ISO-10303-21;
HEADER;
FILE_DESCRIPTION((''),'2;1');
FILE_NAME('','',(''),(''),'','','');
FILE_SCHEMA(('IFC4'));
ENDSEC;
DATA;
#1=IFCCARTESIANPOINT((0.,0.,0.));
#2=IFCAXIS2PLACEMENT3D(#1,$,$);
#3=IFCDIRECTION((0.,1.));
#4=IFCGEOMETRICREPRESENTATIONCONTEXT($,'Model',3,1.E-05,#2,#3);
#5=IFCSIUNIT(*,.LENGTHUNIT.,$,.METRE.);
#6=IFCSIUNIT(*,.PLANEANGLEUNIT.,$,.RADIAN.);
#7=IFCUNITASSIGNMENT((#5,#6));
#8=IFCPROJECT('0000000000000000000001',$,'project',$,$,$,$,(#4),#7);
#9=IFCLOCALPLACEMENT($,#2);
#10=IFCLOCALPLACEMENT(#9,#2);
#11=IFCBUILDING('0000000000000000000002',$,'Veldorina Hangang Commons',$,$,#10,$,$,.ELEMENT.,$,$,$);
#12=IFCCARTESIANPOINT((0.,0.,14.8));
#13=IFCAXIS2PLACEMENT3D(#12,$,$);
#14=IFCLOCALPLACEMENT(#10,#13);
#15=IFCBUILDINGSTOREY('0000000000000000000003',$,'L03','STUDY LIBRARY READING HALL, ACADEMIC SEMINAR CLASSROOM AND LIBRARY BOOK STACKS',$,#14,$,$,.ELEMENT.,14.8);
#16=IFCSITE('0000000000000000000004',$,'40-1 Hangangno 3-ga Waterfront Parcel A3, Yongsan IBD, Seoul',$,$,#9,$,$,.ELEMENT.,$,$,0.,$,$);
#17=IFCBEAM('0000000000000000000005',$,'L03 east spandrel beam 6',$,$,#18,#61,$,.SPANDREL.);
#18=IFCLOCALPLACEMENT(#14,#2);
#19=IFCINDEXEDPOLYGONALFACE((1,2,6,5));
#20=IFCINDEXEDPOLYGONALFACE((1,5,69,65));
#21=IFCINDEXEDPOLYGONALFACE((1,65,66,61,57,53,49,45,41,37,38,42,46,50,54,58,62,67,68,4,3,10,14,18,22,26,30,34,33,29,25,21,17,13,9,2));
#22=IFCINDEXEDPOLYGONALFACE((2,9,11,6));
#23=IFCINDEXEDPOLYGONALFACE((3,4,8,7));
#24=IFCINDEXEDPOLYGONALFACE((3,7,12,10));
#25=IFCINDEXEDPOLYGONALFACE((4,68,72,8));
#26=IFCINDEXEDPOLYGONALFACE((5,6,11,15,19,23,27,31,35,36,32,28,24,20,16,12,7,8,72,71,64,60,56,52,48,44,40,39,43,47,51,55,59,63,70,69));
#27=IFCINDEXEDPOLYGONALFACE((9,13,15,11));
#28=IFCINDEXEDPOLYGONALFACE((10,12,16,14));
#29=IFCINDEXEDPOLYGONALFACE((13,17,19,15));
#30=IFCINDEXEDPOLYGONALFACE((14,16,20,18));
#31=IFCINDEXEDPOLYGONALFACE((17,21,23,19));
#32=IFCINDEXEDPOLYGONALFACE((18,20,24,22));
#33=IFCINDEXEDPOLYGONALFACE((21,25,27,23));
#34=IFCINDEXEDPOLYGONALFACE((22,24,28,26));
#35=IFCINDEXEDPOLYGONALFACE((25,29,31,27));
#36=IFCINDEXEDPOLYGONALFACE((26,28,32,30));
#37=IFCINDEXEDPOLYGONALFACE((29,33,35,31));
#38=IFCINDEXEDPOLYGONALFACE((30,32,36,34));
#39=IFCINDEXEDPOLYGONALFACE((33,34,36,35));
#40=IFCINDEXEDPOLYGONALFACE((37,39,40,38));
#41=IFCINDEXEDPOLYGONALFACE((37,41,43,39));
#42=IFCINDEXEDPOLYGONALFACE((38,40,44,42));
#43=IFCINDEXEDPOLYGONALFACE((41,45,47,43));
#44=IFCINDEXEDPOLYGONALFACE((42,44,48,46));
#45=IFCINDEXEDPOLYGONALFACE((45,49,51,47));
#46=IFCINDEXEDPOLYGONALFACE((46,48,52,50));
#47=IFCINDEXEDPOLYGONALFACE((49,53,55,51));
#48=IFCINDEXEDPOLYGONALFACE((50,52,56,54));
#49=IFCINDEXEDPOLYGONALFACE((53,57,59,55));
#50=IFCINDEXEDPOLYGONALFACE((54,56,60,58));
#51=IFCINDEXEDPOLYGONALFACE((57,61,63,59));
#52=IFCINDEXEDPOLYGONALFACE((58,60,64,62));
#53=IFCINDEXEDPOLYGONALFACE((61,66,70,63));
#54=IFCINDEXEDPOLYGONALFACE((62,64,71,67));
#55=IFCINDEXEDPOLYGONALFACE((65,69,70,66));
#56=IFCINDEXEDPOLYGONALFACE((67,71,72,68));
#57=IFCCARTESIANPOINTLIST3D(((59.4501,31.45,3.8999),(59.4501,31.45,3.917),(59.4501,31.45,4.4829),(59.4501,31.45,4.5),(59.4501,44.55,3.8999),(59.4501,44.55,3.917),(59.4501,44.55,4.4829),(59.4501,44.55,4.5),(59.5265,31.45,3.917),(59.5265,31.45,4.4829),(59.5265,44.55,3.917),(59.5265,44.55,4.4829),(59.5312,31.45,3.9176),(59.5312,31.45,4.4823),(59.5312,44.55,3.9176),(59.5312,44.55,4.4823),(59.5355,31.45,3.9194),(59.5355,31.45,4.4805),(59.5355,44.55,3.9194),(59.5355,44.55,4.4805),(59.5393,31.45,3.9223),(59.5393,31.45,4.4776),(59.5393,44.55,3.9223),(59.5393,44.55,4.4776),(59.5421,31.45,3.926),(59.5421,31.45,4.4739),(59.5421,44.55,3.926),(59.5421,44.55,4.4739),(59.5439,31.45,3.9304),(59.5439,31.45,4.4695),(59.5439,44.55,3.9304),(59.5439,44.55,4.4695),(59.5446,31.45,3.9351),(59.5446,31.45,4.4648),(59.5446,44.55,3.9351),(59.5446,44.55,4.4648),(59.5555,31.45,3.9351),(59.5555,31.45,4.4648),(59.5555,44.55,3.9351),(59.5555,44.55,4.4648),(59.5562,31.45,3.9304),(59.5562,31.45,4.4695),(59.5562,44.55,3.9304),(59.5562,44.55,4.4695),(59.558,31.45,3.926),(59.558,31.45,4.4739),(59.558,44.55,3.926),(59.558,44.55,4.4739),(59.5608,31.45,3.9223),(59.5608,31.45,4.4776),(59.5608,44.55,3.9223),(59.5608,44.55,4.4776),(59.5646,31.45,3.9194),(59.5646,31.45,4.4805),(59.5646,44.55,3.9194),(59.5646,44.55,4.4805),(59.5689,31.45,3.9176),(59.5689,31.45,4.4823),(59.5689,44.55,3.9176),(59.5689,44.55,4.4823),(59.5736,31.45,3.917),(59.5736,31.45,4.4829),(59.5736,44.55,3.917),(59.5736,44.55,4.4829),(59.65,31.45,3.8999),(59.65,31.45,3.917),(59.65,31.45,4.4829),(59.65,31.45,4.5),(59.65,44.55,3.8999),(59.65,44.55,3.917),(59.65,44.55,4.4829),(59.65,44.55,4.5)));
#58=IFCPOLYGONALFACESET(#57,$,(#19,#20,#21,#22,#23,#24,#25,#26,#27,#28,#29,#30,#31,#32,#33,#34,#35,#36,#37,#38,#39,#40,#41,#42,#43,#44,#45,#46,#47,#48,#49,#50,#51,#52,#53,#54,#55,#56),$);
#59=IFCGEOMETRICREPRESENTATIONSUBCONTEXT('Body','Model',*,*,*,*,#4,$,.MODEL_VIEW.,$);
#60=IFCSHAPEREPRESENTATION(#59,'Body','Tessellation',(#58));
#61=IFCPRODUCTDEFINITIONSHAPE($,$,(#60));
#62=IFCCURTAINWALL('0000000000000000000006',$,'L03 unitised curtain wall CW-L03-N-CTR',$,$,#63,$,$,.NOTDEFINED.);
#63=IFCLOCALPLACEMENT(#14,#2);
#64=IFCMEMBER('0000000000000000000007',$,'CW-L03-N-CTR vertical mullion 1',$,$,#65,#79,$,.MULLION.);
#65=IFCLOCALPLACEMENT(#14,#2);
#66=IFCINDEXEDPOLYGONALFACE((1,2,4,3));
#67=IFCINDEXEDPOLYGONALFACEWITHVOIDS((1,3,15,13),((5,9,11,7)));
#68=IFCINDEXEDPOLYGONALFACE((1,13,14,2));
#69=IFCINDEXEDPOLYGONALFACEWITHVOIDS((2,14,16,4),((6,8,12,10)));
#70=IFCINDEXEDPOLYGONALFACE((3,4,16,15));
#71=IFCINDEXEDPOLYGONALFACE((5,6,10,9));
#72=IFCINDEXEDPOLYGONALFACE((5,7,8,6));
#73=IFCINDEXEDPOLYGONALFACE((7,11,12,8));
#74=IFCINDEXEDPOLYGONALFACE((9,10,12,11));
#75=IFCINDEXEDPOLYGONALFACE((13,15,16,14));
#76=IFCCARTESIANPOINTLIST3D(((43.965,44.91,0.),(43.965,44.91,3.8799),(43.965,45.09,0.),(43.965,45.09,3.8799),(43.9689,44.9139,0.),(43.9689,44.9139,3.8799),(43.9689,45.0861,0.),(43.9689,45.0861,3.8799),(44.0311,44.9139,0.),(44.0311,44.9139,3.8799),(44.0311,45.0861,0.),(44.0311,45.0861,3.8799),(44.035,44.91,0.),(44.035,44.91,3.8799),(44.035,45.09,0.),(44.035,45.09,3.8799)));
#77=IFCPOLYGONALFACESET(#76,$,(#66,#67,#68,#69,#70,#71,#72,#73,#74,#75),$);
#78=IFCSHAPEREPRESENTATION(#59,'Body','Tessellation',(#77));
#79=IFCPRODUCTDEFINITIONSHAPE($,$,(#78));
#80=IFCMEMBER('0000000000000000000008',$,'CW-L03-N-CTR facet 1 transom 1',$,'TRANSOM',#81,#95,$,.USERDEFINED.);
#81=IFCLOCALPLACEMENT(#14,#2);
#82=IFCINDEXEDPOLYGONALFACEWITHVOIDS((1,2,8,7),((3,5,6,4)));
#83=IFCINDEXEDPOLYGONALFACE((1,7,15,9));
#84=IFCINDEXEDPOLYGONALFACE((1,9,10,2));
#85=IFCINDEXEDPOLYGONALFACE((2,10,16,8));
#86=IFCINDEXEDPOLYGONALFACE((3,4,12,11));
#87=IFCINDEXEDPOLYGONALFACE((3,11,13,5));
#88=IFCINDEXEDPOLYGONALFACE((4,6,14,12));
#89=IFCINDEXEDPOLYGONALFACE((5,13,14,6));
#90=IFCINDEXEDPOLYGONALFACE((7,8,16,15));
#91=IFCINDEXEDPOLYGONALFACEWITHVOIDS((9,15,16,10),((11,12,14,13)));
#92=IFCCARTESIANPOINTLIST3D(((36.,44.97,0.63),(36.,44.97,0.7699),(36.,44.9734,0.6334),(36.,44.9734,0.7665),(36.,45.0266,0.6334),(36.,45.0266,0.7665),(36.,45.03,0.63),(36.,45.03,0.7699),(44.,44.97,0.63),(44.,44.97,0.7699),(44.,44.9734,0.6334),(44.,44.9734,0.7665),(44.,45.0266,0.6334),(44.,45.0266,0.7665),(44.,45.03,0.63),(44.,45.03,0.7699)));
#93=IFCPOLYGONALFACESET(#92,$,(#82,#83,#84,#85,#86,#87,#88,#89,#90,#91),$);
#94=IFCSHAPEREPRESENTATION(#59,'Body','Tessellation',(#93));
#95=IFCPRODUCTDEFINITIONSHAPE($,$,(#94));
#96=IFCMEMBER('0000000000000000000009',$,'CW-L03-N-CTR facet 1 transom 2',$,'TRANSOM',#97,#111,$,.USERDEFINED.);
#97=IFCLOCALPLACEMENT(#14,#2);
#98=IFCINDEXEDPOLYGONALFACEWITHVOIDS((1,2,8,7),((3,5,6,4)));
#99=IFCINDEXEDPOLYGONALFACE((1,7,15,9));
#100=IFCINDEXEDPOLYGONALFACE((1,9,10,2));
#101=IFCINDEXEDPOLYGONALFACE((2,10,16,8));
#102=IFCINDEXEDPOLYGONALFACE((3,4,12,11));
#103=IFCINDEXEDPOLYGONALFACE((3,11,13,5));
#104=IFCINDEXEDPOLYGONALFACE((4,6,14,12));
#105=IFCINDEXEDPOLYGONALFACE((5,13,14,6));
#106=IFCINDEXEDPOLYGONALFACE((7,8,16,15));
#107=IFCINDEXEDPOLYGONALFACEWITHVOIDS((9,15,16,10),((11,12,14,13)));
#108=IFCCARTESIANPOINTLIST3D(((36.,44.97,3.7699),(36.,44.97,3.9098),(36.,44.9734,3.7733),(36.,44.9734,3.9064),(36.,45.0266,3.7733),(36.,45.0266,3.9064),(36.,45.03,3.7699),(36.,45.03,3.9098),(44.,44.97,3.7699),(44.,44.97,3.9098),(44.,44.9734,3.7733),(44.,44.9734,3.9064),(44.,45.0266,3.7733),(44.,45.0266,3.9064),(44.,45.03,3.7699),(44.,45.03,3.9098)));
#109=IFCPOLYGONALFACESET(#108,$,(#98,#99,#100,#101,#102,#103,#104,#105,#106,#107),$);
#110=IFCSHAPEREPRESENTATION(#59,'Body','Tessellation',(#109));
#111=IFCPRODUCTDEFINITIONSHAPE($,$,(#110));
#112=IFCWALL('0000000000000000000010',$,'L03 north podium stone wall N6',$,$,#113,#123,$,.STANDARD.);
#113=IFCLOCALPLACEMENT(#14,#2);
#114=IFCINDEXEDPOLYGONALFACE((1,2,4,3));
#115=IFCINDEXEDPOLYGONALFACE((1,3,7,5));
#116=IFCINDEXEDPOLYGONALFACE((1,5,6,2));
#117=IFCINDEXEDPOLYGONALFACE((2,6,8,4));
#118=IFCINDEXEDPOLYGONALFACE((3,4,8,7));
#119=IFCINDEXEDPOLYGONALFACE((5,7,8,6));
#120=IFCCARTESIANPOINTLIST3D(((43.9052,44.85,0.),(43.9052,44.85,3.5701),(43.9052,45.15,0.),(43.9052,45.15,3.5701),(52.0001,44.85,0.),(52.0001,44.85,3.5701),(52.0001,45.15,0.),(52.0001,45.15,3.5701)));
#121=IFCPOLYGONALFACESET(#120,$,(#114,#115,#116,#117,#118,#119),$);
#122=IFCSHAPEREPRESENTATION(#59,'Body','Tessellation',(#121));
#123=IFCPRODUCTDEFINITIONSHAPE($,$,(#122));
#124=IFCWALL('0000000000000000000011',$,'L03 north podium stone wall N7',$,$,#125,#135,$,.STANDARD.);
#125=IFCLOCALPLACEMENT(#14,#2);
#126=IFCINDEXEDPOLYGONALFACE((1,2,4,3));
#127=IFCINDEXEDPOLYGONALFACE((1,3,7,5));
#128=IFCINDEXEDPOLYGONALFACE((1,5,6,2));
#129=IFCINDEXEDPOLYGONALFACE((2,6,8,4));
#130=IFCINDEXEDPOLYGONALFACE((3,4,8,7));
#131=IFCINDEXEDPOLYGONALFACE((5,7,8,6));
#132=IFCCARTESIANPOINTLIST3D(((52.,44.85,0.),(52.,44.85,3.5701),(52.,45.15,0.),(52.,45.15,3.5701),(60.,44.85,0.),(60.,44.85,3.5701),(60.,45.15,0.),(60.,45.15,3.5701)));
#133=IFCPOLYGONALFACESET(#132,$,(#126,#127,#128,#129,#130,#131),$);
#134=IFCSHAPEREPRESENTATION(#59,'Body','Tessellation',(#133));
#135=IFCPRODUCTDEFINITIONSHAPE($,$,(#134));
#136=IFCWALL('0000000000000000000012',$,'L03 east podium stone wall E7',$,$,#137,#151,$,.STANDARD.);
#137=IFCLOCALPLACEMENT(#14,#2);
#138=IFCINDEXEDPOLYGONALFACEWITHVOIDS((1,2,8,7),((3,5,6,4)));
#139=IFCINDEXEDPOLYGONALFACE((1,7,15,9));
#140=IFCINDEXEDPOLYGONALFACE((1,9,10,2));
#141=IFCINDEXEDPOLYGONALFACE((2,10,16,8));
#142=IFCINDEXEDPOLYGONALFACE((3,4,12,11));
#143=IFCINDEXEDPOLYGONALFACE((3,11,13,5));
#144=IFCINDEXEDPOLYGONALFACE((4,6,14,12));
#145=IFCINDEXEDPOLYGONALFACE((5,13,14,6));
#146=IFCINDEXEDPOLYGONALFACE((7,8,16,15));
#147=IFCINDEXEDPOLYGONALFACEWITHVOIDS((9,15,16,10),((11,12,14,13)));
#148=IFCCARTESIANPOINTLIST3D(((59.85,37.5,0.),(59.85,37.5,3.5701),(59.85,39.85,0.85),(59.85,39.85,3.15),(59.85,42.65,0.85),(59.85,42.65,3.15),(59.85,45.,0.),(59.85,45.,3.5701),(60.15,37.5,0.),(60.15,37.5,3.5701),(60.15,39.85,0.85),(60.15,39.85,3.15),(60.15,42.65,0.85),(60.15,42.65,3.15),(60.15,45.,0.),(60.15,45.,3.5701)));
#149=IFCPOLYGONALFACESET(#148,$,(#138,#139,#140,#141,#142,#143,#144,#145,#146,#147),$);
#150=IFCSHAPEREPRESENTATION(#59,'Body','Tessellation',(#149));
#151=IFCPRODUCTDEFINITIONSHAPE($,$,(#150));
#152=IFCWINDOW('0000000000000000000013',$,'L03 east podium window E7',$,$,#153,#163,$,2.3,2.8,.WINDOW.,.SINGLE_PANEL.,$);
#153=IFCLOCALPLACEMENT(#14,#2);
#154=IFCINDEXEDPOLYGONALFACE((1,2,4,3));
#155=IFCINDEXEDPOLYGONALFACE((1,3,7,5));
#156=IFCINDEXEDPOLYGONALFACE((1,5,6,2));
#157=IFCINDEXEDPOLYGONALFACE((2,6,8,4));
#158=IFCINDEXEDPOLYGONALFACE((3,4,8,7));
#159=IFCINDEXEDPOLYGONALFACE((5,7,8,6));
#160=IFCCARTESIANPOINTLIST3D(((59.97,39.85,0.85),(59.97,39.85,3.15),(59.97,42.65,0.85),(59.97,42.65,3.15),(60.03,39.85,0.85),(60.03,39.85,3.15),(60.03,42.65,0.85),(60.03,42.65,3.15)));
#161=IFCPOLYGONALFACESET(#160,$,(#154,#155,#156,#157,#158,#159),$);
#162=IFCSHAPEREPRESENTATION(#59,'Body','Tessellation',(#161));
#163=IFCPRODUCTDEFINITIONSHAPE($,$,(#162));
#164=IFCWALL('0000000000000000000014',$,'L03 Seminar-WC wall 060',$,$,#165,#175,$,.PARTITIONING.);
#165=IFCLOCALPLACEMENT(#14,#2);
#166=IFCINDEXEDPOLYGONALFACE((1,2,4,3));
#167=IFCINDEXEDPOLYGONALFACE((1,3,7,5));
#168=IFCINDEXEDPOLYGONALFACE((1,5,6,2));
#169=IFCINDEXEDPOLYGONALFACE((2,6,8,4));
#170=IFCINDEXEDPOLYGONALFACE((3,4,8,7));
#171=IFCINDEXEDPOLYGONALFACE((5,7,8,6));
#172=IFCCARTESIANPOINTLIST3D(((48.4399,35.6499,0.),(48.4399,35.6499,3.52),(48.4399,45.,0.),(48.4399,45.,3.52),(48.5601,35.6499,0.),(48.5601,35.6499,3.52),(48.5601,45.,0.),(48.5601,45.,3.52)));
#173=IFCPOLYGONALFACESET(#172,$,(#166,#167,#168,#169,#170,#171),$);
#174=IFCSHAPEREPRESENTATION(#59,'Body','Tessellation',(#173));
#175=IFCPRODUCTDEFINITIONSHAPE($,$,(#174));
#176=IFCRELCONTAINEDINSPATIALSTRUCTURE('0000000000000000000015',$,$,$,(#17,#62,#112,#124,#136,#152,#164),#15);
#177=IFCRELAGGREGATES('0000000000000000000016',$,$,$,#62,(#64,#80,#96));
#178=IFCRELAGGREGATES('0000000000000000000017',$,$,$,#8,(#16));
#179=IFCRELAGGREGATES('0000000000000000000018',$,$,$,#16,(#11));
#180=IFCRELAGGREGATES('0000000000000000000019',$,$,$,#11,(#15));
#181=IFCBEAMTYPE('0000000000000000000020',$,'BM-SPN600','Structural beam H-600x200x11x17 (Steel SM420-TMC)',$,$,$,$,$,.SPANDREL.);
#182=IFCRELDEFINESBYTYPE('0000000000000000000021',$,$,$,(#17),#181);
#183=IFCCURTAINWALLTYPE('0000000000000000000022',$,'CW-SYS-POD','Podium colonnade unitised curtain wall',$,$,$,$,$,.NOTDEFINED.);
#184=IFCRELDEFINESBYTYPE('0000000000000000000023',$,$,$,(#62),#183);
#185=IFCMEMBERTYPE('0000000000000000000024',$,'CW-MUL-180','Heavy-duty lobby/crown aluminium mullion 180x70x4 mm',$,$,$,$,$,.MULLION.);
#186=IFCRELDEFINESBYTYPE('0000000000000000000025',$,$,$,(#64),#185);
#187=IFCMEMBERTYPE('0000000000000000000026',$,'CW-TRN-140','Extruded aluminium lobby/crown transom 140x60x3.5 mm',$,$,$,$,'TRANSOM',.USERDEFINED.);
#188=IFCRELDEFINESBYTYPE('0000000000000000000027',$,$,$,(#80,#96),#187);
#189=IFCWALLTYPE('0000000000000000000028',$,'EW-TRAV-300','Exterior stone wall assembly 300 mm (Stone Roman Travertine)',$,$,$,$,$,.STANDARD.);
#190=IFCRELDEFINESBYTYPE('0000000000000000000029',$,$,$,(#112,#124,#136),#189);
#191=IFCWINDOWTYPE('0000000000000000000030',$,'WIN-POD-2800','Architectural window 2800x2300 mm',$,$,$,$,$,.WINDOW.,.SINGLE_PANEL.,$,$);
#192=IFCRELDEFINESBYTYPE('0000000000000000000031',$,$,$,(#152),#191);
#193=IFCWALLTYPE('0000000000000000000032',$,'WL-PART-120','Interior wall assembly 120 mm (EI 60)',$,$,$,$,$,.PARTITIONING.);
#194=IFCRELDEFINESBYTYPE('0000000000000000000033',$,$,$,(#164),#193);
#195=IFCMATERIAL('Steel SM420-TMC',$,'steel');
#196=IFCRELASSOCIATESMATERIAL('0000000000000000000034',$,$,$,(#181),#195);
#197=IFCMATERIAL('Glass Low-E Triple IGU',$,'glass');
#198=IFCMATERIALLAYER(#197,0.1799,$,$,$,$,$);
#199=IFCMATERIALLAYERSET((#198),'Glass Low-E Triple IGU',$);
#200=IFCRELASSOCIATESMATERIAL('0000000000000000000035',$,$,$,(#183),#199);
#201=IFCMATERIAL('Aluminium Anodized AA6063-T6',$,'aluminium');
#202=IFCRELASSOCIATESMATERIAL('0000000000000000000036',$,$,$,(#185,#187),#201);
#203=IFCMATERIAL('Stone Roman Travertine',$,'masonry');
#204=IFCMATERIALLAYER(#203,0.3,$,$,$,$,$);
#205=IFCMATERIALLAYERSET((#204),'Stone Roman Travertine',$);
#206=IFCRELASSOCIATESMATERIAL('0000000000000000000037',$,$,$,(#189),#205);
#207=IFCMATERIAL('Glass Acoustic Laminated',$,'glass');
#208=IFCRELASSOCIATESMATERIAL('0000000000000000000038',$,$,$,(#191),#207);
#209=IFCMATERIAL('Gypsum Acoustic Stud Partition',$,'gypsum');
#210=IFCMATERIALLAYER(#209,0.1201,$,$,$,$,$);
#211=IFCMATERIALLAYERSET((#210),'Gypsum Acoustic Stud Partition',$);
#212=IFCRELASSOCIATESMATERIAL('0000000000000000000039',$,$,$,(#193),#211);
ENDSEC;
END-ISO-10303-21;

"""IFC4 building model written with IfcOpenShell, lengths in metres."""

from ifc_helpers import new_model, si_unit, direction, frame, frame_2d, origin, origin_2d, place, context, subcontext, project, spatial, rectangle, hollow_rectangle, i_section, extrude, material, layer, layer_set, material_profile, profile_set, type_object, element, fill, aggregate, save


model = new_model("IFC4")

# Units and contexts
model_context = context("Model", 3, precision=1e-05, world=origin(), true_north=direction((0.0, 1.0)))
body_context = subcontext(model_context, "Body", "Model", "MODEL_VIEW")
ifc_project = project(units=[si_unit("LENGTHUNIT", "METRE"), si_unit("PLANEANGLEUNIT", "RADIAN")], contexts=[model_context])

# Site, building, storey
site_placement = place(None, origin())
site = spatial("IfcSite", under=ifc_project, at=site_placement, Name="40-1 Hangangno 3-ga Waterfront Parcel A3, Yongsan IBD, Seoul", CompositionType="ELEMENT", RefElevation=0.0)
building_placement = place(site_placement, origin())
building = spatial("IfcBuilding", under=site, at=building_placement, Name="Veldorina Hangang Commons", CompositionType="ELEMENT")
storey_placement = place(building_placement, frame((0.0, 0.0, 14.8)))
storey = spatial("IfcBuildingStorey", under=building, at=storey_placement, Name="L03", Description="STUDY LIBRARY READING HALL, ACADEMIC SEMINAR CLASSROOM AND LIBRARY BOOK STACKS", CompositionType="ELEMENT", Elevation=14.8)

# Shared definitions
ifc_material_1 = material(Name="Steel SM420-TMC", Category="steel")

# Beam
ifc_material_profile_1 = material_profile(ifc_material_1, i_section(OverallWidth=0.2, OverallDepth=0.6001, WebThickness=0.011, FlangeThickness=0.0171, FilletRadius=0.0181, at=origin_2d()), Name="H-600x200x11x17")
ifc_profile_set_1 = profile_set([ifc_material_profile_1], Name="Steel SM420-TMC")
beam_type_1 = type_object("IfcBeamType", Name="BM-SPN600", Description="Structural beam H-600x200x11x17 (Steel SM420-TMC)", PredefinedType="SPANDREL", material=ifc_profile_set_1)
beam_1_placement = place(storey_placement, frame((59.55, 31.45, 4.2), z_axis=(0.0, 1.0, 0.0), x_axis=(-1.0, 0.0, 0.0)))
element("IfcBeam", 1, at=beam_1_placement, inside=storey, type_object=beam_type_1, Name="L03 east spandrel beam 6", PredefinedType="SPANDREL", context=body_context, shape_type="SweptSolid", body=[
    extrude(i_section(OverallWidth=0.2, OverallDepth=0.6001, WebThickness=0.011, FlangeThickness=0.0171, FilletRadius=0.0181, at=origin_2d()), origin(), (0.0, 0.0, 1.0), 13.1001),
])

# Curtain wall, members
ifc_material_2 = material(Name="Glass Low-E Triple IGU", Category="glass")
ifc_layer_1 = layer(ifc_material_2, 0.1799)
ifc_layer_set_1 = layer_set([ifc_layer_1], Name="Glass Low-E Triple IGU")
curtain_wall_type = type_object("IfcCurtainWallType", Name="CW-SYS-POD", Description="Podium colonnade unitised curtain wall", PredefinedType="NOTDEFINED", material=ifc_layer_set_1)
curtain_wall_placement = place(storey_placement, origin())
curtain_wall = element("IfcCurtainWall", 2, at=curtain_wall_placement, inside=storey, type_object=curtain_wall_type, Name="L03 unitised curtain wall CW-L03-N-CTR", PredefinedType="NOTDEFINED")
ifc_material_3 = material(Name="Aluminium Anodized AA6063-T6", Category="aluminium")
ifc_material_profile_2 = material_profile(ifc_material_3, hollow_rectangle(XDim=0.0701, YDim=0.1799, WallThickness=0.0039, at=origin_2d()), Name="ALU-RHS-180x70x4")
ifc_profile_set_2 = profile_set([ifc_material_profile_2], Name="Aluminium Anodized AA6063-T6")
member_type_1 = type_object("IfcMemberType", Name="CW-MUL-180", Description="Heavy-duty lobby/crown aluminium mullion 180x70x4 mm", PredefinedType="MULLION", material=ifc_profile_set_2)
member_1_placement = place(storey_placement, frame((44.0, 45.0, 0.0), z_axis=(0.0, 0.0, 1.0), x_axis=(-1.0, 0.0, 0.0)))
member_1 = element("IfcMember", 3, at=member_1_placement, type_object=member_type_1, Name="CW-L03-N-CTR vertical mullion 1", PredefinedType="MULLION", context=body_context, shape_type="SweptSolid", body=[
    extrude(hollow_rectangle(XDim=0.0701, YDim=0.1799, WallThickness=0.0039, at=origin_2d()), origin(), (0.0, 0.0, 1.0), 3.8799),
])
ifc_material_profile_3 = material_profile(ifc_material_3, hollow_rectangle(XDim=0.0601, YDim=0.1399, WallThickness=0.0034, at=origin_2d()), Name="ALU-RHS-140x60x3.5")
ifc_profile_set_3 = profile_set([ifc_material_profile_3], Name="Aluminium Anodized AA6063-T6")
member_type_2 = type_object("IfcMemberType", Name="CW-TRN-140", Description="Extruded aluminium lobby/crown transom 140x60x3.5 mm", ElementType="TRANSOM", PredefinedType="USERDEFINED", material=ifc_profile_set_3)
member_2_placement = place(storey_placement, frame((44.0, 45.0, 0.7), z_axis=(-1.0, 0.0, 0.0), x_axis=(0.0, -1.0, 0.0)))
member_2 = element("IfcMember", 4, at=member_2_placement, type_object=member_type_2, Name="CW-L03-N-CTR facet 1 transom 1", ObjectType="TRANSOM", PredefinedType="USERDEFINED", context=body_context, shape_type="SweptSolid", body=[
    extrude(hollow_rectangle(XDim=0.0601, YDim=0.1399, WallThickness=0.0034, at=origin_2d()), origin(), (0.0, 0.0, 1.0), 8.0),
])
member_3_placement = place(storey_placement, frame((44.0, 45.0, 3.8398), z_axis=(-1.0, 0.0, 0.0), x_axis=(0.0, -1.0, 0.0)))
member_3 = element("IfcMember", 5, at=member_3_placement, type_object=member_type_2, Name="CW-L03-N-CTR facet 1 transom 2", ObjectType="TRANSOM", PredefinedType="USERDEFINED", context=body_context, shape_type="SweptSolid", body=[
    extrude(hollow_rectangle(XDim=0.0601, YDim=0.1399, WallThickness=0.0034, at=origin_2d()), origin(), (0.0, 0.0, 1.0), 8.0),
])
aggregate(curtain_wall, [member_1, member_2, member_3])

# Walls
ifc_material_4 = material(Name="Stone Roman Travertine", Category="masonry")
ifc_layer_2 = layer(ifc_material_4, 0.3)
ifc_layer_set_2 = layer_set([ifc_layer_2], Name="Stone Roman Travertine")
wall_type_1 = type_object("IfcWallType", Name="EW-TRAV-300", Description="Exterior stone wall assembly 300 mm (Stone Roman Travertine)", PredefinedType="STANDARD", material=ifc_layer_set_2)
wall_1_placement = place(storey_placement, frame((52.0, 45.0, 0.0), z_axis=(0.0, 0.0, 1.0), x_axis=(-1.0, 0.0, 0.0)))
element("IfcWall", 6, at=wall_1_placement, inside=storey, type_object=wall_type_1, Name="L03 north podium stone wall N6", PredefinedType="STANDARD", context=body_context, shape_type="SweptSolid", body=[
    extrude(rectangle(XDim=8.095, YDim=0.3, at=frame_2d((4.0474, 0.0))), origin(), (0.0, 0.0, 1.0), 3.5701),
])
wall_2_placement = place(storey_placement, frame((60.0, 45.0, 0.0), z_axis=(0.0, 0.0, 1.0), x_axis=(-1.0, 0.0, 0.0)))
element("IfcWall", 7, at=wall_2_placement, inside=storey, type_object=wall_type_1, Name="L03 north podium stone wall N7", PredefinedType="STANDARD", context=body_context, shape_type="SweptSolid", body=[
    extrude(rectangle(XDim=8.0, YDim=0.3, at=frame_2d((4.0, 0.0))), origin(), (0.0, 0.0, 1.0), 3.5701),
])

# Wall, opening, window
wall_3_placement = place(storey_placement, frame((60.0, 37.5, 0.0), z_axis=(0.0, 0.0, 1.0), x_axis=(0.0, 1.0, 0.0)))
wall_3 = element("IfcWall", 8, at=wall_3_placement, inside=storey, type_object=wall_type_1, Name="L03 east podium stone wall E7", PredefinedType="STANDARD", context=body_context, shape_type="SweptSolid", body=[
    extrude(rectangle(XDim=7.5, YDim=0.3, at=frame_2d((3.75, 0.0))), origin(), (0.0, 0.0, 1.0), 3.5701),
])
opening_placement = place(wall_3_placement, frame((2.3501, 0.0, 0.8501)))
opening = element("IfcOpeningElement", 9, at=opening_placement, cuts=wall_3, PredefinedType="OPENING", context=body_context, shape_type="SweptSolid", body=[
    extrude(rectangle(XDim=2.8, YDim=2.3, at=frame_2d((1.3999, 1.1499))), frame((0.0, 0.1602, 0.0), z_axis=(0.0, -1.0, 0.0), x_axis=(1.0, 0.0, 0.0)), (0.0, 0.0, 1.0), 0.3201),
])
ifc_material_5 = material(Name="Glass Acoustic Laminated", Category="glass")
window_type = type_object("IfcWindowType", Name="WIN-POD-2800", Description="Architectural window 2800x2300 mm", PartitioningType="SINGLE_PANEL", PredefinedType="WINDOW", material=ifc_material_5)
window_placement = place(opening_placement, origin())
window = element("IfcWindow", 10, at=window_placement, inside=storey, type_object=window_type, Name="L03 east podium window E7", OverallHeight=2.3, OverallWidth=2.8, PartitioningType="SINGLE_PANEL", PredefinedType="WINDOW", context=body_context, shape_type="SweptSolid", body=[
    extrude(rectangle(XDim=2.8, YDim=2.3, at=frame_2d((1.3999, 1.1499))), frame((0.0, 0.03, 0.0), z_axis=(0.0, -1.0, 0.0), x_axis=(1.0, 0.0, 0.0)), (0.0, 0.0, 1.0), 0.0601),
])
fill(opening, window)

# Wall
ifc_material_6 = material(Name="Gypsum Acoustic Stud Partition", Category="gypsum")
ifc_layer_3 = layer(ifc_material_6, 0.1201)
ifc_layer_set_3 = layer_set([ifc_layer_3], Name="Gypsum Acoustic Stud Partition")
wall_type_2 = type_object("IfcWallType", Name="WL-PART-120", Description="Interior wall assembly 120 mm (EI 60)", PredefinedType="PARTITIONING", material=ifc_layer_set_3)
wall_4_placement = place(storey_placement, frame((48.5, 35.6499, 0.0), z_axis=(0.0, 0.0, 1.0), x_axis=(0.0, 1.0, 0.0)))
element("IfcWall", 11, at=wall_4_placement, inside=storey, type_object=wall_type_2, Name="L03 Seminar-WC wall 060", PredefinedType="PARTITIONING", context=body_context, shape_type="SweptSolid", body=[
    extrude(rectangle(XDim=9.3501, YDim=0.1201, at=frame_2d((4.675, 0.0))), origin(), (0.0, 0.0, 1.0), 3.52),
])

save(model, "model.ifc")
